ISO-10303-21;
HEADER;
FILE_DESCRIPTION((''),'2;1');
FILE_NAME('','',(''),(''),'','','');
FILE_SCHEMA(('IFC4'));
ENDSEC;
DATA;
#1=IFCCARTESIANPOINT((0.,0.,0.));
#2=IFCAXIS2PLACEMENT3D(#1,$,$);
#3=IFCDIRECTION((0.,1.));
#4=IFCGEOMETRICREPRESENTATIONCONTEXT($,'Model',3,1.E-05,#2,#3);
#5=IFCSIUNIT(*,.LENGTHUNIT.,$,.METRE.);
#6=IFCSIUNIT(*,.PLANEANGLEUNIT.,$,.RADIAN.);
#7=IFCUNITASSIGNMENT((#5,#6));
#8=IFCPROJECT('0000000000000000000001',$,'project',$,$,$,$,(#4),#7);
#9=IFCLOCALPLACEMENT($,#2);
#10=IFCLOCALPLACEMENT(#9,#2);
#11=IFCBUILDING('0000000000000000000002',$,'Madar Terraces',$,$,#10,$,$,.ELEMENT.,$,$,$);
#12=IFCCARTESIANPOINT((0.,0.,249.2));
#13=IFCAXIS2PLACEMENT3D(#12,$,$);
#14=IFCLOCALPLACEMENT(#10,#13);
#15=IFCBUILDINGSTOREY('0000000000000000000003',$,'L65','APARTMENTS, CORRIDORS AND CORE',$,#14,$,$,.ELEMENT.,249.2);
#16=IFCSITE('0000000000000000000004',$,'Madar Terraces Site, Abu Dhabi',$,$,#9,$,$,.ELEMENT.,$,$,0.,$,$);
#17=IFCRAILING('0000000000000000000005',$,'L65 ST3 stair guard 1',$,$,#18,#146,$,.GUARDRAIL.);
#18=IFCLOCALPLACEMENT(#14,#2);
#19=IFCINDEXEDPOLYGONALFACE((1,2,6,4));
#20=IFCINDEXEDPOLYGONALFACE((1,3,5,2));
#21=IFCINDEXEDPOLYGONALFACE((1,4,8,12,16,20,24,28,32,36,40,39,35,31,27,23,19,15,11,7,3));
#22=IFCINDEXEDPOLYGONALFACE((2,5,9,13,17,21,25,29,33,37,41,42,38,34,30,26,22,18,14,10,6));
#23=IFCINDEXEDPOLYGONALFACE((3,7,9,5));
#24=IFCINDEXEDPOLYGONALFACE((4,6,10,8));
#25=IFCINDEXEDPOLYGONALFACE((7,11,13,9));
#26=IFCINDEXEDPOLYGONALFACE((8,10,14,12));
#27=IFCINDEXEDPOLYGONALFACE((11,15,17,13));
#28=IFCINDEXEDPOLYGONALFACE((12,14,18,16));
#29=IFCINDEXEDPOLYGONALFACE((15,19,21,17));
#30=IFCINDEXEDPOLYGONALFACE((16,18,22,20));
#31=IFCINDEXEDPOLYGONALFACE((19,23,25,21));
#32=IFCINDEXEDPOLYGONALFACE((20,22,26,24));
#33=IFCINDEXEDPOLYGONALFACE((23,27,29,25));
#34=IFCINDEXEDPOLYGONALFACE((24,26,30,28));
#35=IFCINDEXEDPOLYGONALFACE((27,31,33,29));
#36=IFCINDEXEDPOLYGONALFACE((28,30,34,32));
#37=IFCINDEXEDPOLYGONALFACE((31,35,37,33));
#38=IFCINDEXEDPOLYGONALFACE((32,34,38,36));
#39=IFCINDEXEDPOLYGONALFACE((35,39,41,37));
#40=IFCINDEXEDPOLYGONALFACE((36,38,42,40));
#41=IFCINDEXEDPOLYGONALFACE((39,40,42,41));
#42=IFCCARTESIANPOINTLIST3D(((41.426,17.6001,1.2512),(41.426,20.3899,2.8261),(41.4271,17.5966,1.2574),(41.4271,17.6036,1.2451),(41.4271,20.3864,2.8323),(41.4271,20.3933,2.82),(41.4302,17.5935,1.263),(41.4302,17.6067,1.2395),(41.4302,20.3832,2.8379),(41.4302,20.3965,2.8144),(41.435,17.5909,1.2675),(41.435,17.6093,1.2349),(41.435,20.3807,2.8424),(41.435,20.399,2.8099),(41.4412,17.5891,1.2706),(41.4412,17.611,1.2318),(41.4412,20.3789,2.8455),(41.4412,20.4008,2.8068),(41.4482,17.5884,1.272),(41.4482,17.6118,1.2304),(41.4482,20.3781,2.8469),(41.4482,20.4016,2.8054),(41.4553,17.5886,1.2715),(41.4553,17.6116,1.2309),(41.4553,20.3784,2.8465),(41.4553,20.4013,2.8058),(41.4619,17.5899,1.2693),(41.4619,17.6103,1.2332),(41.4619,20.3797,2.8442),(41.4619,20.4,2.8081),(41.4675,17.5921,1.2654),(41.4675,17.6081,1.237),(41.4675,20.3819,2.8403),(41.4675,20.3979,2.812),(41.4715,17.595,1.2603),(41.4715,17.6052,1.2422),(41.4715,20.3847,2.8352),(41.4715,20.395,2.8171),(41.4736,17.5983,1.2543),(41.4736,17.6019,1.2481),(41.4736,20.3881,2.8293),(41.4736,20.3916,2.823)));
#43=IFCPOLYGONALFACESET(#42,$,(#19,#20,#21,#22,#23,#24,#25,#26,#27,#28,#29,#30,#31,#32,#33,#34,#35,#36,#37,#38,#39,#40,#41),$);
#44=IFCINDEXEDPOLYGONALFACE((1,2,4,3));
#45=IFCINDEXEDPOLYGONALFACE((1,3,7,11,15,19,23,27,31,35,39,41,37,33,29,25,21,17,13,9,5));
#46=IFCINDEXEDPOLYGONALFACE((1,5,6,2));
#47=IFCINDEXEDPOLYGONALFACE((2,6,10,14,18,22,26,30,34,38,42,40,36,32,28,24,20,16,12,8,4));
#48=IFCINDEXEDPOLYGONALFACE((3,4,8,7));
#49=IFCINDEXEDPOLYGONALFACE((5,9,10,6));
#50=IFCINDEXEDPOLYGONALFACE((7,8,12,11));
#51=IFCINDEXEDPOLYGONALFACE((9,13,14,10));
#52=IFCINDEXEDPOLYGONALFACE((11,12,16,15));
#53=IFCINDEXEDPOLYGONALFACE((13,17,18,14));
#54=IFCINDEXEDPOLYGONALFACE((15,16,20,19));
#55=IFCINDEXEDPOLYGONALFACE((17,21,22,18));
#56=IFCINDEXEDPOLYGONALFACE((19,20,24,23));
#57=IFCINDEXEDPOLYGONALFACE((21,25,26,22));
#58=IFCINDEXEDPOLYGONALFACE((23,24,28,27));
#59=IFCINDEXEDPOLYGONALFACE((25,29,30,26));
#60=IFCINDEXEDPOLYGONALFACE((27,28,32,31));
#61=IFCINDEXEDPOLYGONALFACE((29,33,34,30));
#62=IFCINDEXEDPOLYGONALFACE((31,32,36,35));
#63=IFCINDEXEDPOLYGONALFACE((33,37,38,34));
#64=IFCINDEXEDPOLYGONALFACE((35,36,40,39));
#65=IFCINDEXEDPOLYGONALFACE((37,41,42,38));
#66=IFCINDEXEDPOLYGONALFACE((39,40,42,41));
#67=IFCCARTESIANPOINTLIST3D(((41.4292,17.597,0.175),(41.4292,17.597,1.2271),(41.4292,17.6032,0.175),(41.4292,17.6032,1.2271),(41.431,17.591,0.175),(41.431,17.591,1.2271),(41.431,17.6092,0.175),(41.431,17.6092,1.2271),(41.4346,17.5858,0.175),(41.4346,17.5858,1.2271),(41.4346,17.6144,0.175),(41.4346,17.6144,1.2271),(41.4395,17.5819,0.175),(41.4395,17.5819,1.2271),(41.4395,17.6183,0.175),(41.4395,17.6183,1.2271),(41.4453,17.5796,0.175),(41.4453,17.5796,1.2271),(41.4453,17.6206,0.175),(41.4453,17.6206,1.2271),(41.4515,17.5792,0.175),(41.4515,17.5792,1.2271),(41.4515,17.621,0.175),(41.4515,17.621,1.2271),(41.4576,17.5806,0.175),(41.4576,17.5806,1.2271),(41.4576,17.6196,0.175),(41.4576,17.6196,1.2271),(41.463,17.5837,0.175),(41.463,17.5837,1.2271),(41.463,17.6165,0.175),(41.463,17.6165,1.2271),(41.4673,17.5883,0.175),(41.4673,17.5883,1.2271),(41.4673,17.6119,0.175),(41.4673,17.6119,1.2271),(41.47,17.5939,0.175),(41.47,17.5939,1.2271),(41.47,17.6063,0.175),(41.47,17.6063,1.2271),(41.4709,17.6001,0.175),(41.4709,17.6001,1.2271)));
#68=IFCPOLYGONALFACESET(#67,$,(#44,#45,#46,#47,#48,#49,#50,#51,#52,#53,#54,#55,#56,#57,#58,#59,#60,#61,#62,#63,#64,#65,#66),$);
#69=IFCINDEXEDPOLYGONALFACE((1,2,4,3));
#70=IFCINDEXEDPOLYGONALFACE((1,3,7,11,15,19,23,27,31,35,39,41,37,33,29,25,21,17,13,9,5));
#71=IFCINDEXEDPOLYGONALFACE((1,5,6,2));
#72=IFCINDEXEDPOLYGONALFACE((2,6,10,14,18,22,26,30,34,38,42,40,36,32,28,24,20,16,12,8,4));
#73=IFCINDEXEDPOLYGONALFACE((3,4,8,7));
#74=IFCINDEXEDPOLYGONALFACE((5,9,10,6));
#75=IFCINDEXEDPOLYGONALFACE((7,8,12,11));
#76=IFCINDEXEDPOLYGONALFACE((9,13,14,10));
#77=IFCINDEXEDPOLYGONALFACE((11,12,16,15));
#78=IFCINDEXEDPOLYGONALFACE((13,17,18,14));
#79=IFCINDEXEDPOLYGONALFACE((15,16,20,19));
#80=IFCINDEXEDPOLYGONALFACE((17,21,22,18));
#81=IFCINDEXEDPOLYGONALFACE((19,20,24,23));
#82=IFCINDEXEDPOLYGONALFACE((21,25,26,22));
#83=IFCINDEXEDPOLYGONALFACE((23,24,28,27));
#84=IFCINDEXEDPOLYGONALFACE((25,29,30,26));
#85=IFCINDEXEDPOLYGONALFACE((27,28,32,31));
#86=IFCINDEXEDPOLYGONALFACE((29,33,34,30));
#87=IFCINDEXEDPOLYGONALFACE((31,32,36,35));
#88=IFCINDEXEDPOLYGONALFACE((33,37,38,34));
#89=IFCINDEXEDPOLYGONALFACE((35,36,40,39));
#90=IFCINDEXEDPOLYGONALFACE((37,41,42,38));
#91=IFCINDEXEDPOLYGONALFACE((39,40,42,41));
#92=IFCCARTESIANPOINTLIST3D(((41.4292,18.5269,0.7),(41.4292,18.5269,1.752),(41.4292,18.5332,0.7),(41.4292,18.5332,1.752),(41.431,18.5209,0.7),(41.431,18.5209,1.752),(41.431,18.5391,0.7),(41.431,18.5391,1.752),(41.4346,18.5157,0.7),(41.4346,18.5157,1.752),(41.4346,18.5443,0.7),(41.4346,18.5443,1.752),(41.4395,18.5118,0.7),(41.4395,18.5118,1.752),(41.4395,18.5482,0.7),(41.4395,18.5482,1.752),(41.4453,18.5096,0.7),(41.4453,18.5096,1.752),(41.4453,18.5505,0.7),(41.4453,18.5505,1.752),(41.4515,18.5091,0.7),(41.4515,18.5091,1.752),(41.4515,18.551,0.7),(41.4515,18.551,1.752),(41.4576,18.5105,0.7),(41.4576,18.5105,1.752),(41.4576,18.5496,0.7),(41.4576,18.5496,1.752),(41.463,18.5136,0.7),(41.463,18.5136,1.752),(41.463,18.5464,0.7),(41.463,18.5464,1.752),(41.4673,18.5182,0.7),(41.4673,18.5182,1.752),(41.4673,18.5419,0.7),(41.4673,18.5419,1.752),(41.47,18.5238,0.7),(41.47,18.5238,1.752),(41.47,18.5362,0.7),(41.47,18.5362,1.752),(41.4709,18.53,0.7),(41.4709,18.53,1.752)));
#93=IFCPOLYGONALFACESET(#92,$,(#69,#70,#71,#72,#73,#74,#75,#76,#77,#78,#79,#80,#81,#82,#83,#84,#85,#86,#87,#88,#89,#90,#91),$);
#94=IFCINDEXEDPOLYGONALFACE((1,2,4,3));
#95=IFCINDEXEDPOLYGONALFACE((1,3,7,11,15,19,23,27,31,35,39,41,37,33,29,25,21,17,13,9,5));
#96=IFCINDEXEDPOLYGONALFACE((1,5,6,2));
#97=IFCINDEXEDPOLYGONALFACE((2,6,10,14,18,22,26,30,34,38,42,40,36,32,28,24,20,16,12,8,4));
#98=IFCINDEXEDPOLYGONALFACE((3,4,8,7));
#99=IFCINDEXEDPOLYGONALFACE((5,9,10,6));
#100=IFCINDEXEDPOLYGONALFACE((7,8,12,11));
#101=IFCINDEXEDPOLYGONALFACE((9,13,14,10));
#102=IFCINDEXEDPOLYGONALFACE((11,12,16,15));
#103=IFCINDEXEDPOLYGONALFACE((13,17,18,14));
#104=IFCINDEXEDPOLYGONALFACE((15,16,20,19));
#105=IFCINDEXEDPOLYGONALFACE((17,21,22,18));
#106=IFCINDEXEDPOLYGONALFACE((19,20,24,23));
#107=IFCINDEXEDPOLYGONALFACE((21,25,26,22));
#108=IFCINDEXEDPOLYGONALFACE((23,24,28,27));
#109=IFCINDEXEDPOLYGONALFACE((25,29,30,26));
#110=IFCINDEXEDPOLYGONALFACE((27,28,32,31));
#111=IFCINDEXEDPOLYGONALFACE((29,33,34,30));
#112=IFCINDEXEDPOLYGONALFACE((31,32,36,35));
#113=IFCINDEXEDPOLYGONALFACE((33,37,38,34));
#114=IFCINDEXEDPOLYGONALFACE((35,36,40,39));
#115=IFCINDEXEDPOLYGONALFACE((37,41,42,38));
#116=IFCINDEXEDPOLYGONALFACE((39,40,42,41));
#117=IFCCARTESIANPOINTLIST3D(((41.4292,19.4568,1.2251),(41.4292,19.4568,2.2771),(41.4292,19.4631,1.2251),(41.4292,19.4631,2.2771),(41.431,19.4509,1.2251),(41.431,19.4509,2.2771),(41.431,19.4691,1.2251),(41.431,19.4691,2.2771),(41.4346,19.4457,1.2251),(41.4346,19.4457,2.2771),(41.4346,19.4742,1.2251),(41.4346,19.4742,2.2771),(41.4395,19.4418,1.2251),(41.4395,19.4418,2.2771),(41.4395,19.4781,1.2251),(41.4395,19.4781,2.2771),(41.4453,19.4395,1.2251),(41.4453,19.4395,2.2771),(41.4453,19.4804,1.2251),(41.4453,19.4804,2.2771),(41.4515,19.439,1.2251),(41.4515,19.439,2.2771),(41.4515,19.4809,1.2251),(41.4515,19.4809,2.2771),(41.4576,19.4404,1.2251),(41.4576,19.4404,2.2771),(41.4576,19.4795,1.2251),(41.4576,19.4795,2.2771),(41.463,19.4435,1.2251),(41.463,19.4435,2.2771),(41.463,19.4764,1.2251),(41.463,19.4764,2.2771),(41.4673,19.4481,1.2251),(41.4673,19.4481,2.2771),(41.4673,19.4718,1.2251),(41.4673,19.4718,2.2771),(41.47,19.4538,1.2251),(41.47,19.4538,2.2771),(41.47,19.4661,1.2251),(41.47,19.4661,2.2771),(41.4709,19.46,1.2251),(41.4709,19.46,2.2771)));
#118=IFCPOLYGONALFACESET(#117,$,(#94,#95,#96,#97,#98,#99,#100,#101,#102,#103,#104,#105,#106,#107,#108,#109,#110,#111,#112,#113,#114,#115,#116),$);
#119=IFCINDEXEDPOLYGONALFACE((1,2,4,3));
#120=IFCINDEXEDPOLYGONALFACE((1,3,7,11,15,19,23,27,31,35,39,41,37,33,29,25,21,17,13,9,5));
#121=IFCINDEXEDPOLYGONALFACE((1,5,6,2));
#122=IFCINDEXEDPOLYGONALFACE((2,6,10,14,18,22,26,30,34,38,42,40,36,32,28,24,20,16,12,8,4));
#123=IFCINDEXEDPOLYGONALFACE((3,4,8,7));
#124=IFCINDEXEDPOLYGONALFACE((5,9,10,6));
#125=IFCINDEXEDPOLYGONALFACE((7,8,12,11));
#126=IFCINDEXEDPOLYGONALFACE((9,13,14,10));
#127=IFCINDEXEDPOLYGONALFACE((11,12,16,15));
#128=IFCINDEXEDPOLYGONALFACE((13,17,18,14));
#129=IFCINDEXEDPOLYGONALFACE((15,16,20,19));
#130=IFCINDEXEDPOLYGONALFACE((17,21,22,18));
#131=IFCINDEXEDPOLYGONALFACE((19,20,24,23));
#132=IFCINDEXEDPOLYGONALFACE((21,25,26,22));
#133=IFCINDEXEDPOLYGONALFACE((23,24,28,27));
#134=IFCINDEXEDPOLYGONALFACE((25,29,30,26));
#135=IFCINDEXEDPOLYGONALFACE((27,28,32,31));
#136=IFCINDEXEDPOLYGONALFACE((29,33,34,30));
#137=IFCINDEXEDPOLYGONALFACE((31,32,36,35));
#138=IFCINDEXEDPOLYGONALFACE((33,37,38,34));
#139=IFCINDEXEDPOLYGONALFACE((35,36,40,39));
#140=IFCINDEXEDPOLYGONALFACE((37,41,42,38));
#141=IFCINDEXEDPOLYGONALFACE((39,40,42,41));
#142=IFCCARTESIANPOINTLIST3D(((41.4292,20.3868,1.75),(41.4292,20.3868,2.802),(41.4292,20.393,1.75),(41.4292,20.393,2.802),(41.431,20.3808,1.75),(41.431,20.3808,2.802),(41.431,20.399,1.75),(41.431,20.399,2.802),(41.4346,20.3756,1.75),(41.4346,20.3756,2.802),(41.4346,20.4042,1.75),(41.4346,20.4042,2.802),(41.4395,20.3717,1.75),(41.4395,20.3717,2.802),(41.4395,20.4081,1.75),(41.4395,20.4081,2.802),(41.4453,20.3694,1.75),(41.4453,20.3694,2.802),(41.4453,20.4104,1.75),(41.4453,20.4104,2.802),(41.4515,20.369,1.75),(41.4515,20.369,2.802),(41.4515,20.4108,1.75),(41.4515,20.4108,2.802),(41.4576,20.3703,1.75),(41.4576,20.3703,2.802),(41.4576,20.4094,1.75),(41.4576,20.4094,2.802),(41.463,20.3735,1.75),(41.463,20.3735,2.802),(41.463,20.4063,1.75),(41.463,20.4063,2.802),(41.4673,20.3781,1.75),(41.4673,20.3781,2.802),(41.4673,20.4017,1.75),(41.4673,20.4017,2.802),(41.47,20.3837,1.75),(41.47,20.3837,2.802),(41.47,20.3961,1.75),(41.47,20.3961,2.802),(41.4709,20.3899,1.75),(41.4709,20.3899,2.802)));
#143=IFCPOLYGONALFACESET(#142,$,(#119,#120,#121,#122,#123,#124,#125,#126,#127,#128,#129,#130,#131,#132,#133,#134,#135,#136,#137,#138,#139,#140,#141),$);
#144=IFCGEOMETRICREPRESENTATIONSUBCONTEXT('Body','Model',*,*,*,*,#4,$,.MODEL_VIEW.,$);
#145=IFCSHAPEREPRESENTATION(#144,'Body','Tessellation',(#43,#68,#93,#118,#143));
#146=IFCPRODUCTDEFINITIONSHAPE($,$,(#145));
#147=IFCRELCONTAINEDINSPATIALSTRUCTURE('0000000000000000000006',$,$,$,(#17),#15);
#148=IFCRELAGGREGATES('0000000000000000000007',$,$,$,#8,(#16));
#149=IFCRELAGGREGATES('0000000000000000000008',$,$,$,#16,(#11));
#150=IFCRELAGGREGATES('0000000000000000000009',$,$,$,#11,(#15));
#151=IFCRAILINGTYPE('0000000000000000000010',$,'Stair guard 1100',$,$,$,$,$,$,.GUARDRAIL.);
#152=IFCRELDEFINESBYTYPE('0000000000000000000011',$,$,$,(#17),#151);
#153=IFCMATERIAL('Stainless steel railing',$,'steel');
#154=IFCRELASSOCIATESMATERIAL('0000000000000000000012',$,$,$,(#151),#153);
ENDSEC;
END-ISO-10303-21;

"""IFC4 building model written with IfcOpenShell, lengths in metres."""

from ifc_helpers import new_model, si_unit, direction, frame, origin, origin_2d, place, context, subcontext, project, spatial, circle, extrude, material, type_object, element, save


model = new_model("IFC4")

# Units and contexts
model_context = context("Model", 3, precision=1e-05, world=origin(), true_north=direction((0.0, 1.0)))
body_context = subcontext(model_context, "Body", "Model", "MODEL_VIEW")
ifc_project = project(units=[si_unit("LENGTHUNIT", "METRE"), si_unit("PLANEANGLEUNIT", "RADIAN")], contexts=[model_context])

# Site, building, storey
site_placement = place(None, origin())
site = spatial("IfcSite", under=ifc_project, at=site_placement, Name="Madar Terraces Site, Abu Dhabi", CompositionType="ELEMENT", RefElevation=0.0)
building_placement = place(site_placement, origin())
building = spatial("IfcBuilding", under=site, at=building_placement, Name="Madar Terraces", CompositionType="ELEMENT")
storey_placement = place(building_placement, frame((0.0, 0.0, 249.2)))
storey = spatial("IfcBuildingStorey", under=building, at=storey_placement, Name="L65", Description="APARTMENTS, CORRIDORS AND CORE", CompositionType="ELEMENT", Elevation=249.2)

# Railing
ifc_material_1 = material(Name="Stainless steel railing", Category="steel")
railing_type_1 = type_object("IfcRailingType", Name="Stair guard 1100", PredefinedType="GUARDRAIL", material=ifc_material_1)
railing_1_placement = place(storey_placement, frame((41.45, 17.6001, 0.175)))
element("IfcRailing", 1, at=railing_1_placement, inside=storey, type_object=railing_type_1, Name="L65 ST3 stair guard 1", PredefinedType="GUARDRAIL", context=body_context, shape_type="SweptSolid", body=[
    extrude(circle(Radius=0.0239, at=origin_2d()), frame((0.0, 0.0, 1.0762), z_axis=(0.0, 0.870815, 0.49161), x_axis=(-1.0, 0.0, 0.0)), (0.0, 0.0, 1.0), 3.2036),
    extrude(circle(Radius=0.021, at=origin_2d()), origin(), (0.0, 0.0, 1.0), 1.052),
    extrude(circle(Radius=0.021, at=origin_2d()), frame((0.0, 0.9299, 0.5249)), (0.0, 0.0, 1.0), 1.052),
    extrude(circle(Radius=0.021, at=origin_2d()), frame((0.0, 1.8599, 1.05)), (0.0, 0.0, 1.0), 1.052),
    extrude(circle(Radius=0.021, at=origin_2d()), frame((0.0, 2.7898, 1.575)), (0.0, 0.0, 1.0), 1.052),
])

save(model, "model.ifc")
